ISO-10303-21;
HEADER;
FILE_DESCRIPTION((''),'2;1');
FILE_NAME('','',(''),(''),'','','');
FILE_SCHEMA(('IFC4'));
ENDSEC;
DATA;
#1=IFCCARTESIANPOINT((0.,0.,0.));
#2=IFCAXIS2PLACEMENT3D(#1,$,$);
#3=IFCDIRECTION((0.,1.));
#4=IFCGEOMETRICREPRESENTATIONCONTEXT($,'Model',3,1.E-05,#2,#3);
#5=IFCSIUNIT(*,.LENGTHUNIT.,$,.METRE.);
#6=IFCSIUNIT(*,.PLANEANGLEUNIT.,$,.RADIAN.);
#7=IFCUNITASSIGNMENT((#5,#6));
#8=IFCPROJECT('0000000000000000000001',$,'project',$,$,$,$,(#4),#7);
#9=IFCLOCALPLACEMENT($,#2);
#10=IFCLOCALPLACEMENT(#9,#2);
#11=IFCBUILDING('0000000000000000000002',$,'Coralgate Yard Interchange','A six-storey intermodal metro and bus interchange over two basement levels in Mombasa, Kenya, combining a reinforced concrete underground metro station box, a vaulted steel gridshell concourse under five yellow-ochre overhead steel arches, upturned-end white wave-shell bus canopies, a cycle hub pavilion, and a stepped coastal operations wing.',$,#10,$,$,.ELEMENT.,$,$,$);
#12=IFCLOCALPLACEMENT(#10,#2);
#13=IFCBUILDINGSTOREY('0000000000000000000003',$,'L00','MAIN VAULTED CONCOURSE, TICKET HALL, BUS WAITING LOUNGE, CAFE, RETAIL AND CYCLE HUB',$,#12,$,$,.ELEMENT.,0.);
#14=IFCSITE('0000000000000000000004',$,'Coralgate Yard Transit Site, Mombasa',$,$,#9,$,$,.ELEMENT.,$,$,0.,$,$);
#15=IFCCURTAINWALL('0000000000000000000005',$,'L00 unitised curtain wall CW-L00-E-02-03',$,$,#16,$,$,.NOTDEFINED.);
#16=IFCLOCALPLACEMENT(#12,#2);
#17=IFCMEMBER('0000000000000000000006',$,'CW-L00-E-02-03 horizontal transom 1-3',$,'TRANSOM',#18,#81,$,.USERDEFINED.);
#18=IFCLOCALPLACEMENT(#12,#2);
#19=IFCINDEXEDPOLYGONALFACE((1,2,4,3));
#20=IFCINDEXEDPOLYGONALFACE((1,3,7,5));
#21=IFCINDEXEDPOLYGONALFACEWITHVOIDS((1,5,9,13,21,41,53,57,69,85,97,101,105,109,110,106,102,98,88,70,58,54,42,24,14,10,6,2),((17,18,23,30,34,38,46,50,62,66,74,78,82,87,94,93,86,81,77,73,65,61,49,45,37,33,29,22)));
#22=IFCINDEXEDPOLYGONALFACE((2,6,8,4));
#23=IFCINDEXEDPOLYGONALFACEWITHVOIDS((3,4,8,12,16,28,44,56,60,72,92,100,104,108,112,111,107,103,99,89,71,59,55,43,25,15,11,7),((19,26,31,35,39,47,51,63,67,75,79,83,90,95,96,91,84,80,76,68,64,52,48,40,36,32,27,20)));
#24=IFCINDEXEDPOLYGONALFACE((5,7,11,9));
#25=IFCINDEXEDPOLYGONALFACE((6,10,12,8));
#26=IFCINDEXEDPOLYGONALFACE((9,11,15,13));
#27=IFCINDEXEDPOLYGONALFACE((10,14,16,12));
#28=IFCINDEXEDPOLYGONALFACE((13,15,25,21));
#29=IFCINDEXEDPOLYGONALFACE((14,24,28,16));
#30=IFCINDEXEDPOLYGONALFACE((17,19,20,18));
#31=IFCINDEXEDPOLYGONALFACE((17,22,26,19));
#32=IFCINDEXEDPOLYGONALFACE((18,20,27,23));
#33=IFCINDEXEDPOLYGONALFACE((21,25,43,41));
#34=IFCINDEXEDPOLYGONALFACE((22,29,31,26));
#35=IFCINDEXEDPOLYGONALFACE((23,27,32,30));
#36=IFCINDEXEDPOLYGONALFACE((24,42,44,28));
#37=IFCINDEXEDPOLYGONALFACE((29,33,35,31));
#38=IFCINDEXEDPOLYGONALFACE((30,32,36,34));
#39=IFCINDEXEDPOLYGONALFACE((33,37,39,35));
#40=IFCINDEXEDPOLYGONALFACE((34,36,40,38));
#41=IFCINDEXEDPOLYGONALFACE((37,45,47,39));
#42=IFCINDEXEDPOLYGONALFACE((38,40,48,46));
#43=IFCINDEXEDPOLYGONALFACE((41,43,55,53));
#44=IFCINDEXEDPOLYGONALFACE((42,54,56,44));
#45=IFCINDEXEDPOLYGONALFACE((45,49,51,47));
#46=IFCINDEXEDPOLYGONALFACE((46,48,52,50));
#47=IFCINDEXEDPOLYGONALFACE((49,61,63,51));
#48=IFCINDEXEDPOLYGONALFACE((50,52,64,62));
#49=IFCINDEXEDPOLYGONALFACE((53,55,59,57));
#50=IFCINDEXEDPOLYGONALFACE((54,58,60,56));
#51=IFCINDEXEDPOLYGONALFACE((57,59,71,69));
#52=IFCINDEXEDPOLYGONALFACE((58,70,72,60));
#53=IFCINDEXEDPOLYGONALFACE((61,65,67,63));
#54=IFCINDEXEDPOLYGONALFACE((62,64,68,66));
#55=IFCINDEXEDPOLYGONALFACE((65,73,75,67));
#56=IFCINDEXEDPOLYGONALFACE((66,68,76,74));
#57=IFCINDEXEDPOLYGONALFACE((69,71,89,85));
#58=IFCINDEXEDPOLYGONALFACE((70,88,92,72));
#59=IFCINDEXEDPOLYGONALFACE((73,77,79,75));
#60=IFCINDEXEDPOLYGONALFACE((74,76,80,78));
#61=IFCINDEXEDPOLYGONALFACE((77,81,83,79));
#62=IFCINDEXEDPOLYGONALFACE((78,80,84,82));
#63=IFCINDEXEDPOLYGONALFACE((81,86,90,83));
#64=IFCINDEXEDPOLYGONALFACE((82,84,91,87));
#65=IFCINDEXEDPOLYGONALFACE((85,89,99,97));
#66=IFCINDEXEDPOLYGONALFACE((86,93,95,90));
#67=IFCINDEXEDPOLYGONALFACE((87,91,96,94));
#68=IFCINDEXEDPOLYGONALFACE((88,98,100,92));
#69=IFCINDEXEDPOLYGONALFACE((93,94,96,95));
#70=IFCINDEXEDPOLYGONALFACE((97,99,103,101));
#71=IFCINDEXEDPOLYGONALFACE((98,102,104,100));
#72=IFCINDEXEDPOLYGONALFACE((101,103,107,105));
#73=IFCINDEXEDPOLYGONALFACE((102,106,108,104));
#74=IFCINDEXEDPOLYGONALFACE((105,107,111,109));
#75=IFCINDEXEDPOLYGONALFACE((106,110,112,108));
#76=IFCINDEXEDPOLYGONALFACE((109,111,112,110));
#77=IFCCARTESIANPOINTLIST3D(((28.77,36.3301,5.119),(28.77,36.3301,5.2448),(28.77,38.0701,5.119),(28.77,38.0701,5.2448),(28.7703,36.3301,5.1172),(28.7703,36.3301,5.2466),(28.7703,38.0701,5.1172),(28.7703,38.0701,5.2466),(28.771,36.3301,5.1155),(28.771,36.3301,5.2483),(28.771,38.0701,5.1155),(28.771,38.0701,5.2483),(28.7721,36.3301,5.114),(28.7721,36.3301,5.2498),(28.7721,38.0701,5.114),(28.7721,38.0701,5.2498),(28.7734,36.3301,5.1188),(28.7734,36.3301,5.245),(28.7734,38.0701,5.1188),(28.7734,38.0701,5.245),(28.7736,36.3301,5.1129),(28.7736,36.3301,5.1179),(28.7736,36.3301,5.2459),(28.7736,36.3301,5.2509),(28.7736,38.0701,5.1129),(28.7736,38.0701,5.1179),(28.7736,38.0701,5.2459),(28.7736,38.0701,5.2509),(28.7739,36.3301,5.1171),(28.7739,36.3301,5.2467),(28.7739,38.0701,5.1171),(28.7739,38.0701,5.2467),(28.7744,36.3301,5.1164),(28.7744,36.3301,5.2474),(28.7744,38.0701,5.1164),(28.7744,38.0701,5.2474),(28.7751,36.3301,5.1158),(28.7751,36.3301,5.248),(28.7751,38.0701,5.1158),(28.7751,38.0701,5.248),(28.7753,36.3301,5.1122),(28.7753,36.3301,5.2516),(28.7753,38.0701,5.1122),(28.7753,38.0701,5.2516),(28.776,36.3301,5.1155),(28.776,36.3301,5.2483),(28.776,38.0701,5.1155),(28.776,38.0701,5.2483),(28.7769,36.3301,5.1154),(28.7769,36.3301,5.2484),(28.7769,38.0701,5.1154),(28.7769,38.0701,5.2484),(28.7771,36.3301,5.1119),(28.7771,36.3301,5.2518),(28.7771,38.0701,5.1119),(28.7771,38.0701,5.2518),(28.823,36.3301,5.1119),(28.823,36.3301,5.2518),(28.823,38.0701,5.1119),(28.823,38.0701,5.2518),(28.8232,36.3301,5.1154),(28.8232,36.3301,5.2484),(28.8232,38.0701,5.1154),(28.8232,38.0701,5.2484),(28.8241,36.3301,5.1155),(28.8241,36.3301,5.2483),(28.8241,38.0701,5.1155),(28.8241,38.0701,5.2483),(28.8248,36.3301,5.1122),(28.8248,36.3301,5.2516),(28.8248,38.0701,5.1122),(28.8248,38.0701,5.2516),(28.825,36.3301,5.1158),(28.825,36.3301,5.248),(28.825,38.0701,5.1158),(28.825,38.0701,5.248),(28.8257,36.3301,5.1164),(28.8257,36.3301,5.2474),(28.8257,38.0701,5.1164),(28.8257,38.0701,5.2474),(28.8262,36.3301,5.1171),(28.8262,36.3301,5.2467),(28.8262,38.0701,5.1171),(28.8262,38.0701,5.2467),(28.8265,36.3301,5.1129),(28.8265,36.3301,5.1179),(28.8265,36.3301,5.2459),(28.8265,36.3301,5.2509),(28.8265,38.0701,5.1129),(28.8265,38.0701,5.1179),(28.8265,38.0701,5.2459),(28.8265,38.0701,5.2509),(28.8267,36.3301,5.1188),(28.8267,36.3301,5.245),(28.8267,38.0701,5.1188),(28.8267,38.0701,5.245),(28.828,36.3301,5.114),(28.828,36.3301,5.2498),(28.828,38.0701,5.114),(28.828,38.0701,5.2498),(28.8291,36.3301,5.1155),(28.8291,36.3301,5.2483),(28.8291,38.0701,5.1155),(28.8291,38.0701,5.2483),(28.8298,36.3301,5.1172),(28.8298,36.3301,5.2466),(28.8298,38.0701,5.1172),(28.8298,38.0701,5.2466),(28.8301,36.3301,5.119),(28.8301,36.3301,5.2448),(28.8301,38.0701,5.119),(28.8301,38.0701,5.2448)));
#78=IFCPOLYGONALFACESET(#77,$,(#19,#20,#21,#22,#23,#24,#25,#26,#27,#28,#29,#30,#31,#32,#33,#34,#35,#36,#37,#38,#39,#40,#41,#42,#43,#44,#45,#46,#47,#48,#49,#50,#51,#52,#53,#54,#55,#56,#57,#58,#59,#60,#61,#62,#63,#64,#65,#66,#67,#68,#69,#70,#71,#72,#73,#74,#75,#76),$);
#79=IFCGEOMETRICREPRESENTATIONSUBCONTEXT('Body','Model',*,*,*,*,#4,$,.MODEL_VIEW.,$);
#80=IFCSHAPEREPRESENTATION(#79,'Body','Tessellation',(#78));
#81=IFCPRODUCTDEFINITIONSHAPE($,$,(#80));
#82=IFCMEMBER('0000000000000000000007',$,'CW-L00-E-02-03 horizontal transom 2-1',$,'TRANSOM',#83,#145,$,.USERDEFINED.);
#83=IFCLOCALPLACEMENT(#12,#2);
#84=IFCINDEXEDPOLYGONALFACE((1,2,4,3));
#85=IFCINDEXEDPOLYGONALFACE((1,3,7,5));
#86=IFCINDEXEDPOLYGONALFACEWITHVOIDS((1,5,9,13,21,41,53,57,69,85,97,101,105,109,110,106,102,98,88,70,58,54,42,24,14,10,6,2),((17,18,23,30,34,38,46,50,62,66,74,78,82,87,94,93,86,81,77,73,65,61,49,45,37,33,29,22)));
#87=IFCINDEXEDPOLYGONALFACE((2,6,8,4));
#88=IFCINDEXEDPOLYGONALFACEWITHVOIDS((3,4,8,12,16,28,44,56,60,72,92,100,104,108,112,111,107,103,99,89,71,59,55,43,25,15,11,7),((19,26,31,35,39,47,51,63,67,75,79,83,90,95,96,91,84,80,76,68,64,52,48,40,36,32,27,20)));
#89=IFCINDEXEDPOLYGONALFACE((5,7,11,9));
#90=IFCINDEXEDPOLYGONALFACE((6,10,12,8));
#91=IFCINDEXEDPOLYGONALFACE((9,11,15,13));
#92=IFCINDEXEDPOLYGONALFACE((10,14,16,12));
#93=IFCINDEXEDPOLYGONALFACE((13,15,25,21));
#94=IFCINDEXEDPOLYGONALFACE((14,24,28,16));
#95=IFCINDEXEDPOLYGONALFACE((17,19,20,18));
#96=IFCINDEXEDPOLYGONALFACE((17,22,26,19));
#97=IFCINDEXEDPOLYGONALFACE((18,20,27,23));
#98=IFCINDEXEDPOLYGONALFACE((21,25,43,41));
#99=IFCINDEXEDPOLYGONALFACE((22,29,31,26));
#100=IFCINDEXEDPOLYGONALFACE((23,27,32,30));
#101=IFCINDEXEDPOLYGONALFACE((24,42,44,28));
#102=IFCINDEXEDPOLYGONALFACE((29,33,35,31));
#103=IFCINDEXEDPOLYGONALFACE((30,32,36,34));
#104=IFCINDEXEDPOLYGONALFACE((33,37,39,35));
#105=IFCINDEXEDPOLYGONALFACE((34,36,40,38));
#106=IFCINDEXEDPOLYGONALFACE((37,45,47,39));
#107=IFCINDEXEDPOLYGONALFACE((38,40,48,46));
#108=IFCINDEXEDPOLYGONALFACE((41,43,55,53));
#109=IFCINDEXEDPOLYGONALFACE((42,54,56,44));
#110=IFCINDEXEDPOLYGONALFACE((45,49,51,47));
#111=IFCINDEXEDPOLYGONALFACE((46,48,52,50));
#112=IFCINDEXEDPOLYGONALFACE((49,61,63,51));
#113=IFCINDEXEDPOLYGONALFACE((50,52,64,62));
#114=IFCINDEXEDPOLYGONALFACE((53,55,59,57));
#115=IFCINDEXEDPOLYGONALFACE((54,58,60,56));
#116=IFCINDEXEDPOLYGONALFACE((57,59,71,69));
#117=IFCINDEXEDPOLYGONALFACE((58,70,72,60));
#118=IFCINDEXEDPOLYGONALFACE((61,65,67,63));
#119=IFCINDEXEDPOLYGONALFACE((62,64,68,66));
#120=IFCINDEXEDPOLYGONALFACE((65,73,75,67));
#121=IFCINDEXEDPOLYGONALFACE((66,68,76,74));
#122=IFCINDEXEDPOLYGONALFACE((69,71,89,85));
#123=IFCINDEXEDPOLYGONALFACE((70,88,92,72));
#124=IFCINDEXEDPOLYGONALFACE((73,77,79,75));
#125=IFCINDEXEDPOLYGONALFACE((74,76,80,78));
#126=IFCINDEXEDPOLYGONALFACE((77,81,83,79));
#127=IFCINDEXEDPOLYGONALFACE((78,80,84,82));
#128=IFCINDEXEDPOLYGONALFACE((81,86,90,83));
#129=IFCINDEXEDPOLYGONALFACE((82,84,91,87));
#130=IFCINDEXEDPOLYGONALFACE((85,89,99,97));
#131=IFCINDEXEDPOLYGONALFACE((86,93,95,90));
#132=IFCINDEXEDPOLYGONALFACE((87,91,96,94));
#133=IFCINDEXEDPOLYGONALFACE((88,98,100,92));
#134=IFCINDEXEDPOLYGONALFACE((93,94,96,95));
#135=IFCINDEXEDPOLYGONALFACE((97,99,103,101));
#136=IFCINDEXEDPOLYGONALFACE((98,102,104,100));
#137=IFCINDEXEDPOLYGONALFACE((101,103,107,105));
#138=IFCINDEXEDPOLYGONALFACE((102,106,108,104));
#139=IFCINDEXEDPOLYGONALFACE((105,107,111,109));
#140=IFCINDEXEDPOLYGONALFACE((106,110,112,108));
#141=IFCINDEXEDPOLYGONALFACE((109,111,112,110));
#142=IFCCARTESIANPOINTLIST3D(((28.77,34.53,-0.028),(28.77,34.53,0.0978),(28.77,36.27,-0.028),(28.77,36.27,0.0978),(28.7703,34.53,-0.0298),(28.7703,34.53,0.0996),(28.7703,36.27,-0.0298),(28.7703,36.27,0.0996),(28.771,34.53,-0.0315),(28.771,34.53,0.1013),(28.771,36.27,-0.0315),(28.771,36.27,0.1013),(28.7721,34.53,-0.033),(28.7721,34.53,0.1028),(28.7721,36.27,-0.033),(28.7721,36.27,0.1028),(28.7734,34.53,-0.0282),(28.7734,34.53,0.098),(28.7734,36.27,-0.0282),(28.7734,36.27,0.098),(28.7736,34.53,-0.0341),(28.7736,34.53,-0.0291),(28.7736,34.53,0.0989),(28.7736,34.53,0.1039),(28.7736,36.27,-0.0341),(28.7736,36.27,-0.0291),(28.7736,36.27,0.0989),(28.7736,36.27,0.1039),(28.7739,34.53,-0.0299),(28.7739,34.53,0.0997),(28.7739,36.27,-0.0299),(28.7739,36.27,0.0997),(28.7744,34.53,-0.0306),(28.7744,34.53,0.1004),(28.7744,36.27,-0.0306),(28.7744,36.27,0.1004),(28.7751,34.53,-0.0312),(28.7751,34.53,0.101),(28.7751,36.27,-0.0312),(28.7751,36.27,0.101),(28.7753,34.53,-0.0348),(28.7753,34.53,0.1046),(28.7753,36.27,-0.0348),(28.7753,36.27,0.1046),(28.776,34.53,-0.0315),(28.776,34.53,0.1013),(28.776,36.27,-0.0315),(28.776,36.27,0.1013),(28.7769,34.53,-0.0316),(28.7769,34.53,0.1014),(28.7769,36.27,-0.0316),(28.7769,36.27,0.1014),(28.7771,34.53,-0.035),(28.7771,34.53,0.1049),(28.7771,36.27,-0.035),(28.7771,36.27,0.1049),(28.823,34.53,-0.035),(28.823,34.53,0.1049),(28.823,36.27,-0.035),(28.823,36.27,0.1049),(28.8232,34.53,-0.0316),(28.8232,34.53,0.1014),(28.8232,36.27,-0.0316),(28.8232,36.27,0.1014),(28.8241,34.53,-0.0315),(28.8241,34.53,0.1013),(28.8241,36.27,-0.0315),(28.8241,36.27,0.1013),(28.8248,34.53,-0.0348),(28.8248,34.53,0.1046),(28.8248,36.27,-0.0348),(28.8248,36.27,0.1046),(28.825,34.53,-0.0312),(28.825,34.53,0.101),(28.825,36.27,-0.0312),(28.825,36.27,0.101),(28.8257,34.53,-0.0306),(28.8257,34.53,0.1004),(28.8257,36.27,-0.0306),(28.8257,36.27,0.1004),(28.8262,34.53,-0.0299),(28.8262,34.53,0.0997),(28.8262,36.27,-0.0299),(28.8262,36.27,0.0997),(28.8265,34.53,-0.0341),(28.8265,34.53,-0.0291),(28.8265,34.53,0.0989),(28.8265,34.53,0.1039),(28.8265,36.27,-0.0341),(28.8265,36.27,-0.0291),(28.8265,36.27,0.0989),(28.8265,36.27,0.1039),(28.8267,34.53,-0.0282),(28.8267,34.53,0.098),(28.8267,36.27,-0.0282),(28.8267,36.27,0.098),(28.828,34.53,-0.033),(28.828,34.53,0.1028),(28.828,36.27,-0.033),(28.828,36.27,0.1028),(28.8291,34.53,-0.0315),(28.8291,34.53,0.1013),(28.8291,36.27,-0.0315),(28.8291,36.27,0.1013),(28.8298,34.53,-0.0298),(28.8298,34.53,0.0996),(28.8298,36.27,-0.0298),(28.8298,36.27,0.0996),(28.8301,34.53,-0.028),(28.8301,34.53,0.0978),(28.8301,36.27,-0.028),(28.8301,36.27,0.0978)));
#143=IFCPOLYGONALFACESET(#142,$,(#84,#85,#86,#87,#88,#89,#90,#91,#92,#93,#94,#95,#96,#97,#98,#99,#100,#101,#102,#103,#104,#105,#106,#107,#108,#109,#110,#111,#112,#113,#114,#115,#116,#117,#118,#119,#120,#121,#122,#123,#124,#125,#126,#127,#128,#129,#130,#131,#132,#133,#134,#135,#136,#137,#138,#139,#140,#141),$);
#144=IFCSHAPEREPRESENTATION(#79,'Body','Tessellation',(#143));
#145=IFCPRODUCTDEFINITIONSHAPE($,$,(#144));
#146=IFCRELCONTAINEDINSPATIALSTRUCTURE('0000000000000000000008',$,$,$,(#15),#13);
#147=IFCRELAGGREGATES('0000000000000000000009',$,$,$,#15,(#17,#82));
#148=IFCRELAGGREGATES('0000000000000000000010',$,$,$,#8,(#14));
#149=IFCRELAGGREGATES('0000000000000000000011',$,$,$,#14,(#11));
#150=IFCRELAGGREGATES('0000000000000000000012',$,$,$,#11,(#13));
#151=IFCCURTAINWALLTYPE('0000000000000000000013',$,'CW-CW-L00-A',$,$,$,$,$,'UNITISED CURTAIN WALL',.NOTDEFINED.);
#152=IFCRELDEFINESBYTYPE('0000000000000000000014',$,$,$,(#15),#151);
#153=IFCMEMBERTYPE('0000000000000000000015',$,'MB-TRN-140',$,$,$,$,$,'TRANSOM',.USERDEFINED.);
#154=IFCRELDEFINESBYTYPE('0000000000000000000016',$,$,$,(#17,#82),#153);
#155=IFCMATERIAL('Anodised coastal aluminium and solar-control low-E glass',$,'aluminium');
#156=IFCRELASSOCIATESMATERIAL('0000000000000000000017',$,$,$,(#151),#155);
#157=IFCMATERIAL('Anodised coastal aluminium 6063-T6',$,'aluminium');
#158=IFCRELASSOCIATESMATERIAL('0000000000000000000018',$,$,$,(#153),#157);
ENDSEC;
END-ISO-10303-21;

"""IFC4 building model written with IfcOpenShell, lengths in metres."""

from ifc_helpers import new_model, si_unit, direction, frame, origin, origin_2d, place, context, subcontext, project, spatial, hollow_rectangle, extrude, material, material_profile, profile_set, type_object, element, aggregate, save


model = new_model("IFC4")

# Units and contexts
model_context = context("Model", 3, precision=1e-05, world=origin(), true_north=direction((0.0, 1.0)))
body_context = subcontext(model_context, "Body", "Model", "MODEL_VIEW")
ifc_project = project(units=[si_unit("LENGTHUNIT", "METRE"), si_unit("PLANEANGLEUNIT", "RADIAN")], contexts=[model_context])

# Site, building, storey
site_placement = place(None, origin())
site = spatial("IfcSite", under=ifc_project, at=site_placement, Name="Coralgate Yard Transit Site, Mombasa", CompositionType="ELEMENT", RefElevation=0.0)
building_placement = place(site_placement, origin())
building = spatial("IfcBuilding", under=site, at=building_placement, Name="Coralgate Yard Interchange", Description="A six-storey intermodal metro and bus interchange over two basement levels in Mombasa, Kenya, combining a reinforced concrete underground metro station box, a vaulted steel gridshell concourse under five yellow-ochre overhead steel arches, upturned-end white wave-shell bus canopies, a cycle hub pavilion, and a stepped coastal operations wing.", CompositionType="ELEMENT")
storey_placement = place(building_placement, origin())
storey = spatial("IfcBuildingStorey", under=building, at=storey_placement, Name="L00", Description="MAIN VAULTED CONCOURSE, TICKET HALL, BUS WAITING LOUNGE, CAFE, RETAIL AND CYCLE HUB", CompositionType="ELEMENT", Elevation=0.0)

# Curtain wall, members
ifc_material_1 = material(Name="Anodised coastal aluminium and solar-control low-E glass", Category="aluminium")
curtain_wall_type = type_object("IfcCurtainWallType", Name="CW-CW-L00-A", ElementType="UNITISED CURTAIN WALL", PredefinedType="NOTDEFINED", material=ifc_material_1)
curtain_wall_placement = place(storey_placement, origin())
curtain_wall = element("IfcCurtainWall", 1, at=curtain_wall_placement, inside=storey, type_object=curtain_wall_type, Name="L00 unitised curtain wall CW-L00-E-02-03", PredefinedType="NOTDEFINED")
ifc_material_2 = material(Name="Anodised coastal aluminium 6063-T6", Category="aluminium")
ifc_material_profile_1 = material_profile(ifc_material_2, hollow_rectangle(XDim=0.0601, YDim=0.1399, WallThickness=0.0034, InnerFilletRadius=0.0034, OuterFilletRadius=0.0071, at=origin_2d()), Name="ALU 60x140x3.5")
ifc_profile_set_1 = profile_set([ifc_material_profile_1], Name="Anodised coastal aluminium 6063-T6")
member_type_1 = type_object("IfcMemberType", Name="MB-TRN-140", ElementType="TRANSOM", PredefinedType="USERDEFINED", material=ifc_profile_set_1)
member_1_placement = place(storey_placement, frame((28.8, 38.0701, 5.1819), z_axis=(0.0, -1.0, 0.0), x_axis=(1.0, 0.0, 0.0)))
member_1 = element("IfcMember", 2, at=member_1_placement, type_object=member_type_1, Name="CW-L00-E-02-03 horizontal transom 1-3", ObjectType="TRANSOM", PredefinedType="USERDEFINED", context=body_context, shape_type="SweptSolid", body=[
    extrude(hollow_rectangle(XDim=0.0601, YDim=0.1399, WallThickness=0.0034, InnerFilletRadius=0.0034, OuterFilletRadius=0.0071, at=origin_2d()), origin(), (0.0, 0.0, 1.0), 1.74),
])
member_2_placement = place(storey_placement, frame((28.8, 36.27, 0.0349), z_axis=(0.0, -1.0, 0.0), x_axis=(1.0, 0.0, 0.0)))
member_2 = element("IfcMember", 3, at=member_2_placement, type_object=member_type_1, Name="CW-L00-E-02-03 horizontal transom 2-1", ObjectType="TRANSOM", PredefinedType="USERDEFINED", context=body_context, shape_type="SweptSolid", body=[
    extrude(hollow_rectangle(XDim=0.0601, YDim=0.1399, WallThickness=0.0034, InnerFilletRadius=0.0034, OuterFilletRadius=0.0071, at=origin_2d()), origin(), (0.0, 0.0, 1.0), 1.74),
])
aggregate(curtain_wall, [member_1, member_2])

save(model, "model.ifc")
